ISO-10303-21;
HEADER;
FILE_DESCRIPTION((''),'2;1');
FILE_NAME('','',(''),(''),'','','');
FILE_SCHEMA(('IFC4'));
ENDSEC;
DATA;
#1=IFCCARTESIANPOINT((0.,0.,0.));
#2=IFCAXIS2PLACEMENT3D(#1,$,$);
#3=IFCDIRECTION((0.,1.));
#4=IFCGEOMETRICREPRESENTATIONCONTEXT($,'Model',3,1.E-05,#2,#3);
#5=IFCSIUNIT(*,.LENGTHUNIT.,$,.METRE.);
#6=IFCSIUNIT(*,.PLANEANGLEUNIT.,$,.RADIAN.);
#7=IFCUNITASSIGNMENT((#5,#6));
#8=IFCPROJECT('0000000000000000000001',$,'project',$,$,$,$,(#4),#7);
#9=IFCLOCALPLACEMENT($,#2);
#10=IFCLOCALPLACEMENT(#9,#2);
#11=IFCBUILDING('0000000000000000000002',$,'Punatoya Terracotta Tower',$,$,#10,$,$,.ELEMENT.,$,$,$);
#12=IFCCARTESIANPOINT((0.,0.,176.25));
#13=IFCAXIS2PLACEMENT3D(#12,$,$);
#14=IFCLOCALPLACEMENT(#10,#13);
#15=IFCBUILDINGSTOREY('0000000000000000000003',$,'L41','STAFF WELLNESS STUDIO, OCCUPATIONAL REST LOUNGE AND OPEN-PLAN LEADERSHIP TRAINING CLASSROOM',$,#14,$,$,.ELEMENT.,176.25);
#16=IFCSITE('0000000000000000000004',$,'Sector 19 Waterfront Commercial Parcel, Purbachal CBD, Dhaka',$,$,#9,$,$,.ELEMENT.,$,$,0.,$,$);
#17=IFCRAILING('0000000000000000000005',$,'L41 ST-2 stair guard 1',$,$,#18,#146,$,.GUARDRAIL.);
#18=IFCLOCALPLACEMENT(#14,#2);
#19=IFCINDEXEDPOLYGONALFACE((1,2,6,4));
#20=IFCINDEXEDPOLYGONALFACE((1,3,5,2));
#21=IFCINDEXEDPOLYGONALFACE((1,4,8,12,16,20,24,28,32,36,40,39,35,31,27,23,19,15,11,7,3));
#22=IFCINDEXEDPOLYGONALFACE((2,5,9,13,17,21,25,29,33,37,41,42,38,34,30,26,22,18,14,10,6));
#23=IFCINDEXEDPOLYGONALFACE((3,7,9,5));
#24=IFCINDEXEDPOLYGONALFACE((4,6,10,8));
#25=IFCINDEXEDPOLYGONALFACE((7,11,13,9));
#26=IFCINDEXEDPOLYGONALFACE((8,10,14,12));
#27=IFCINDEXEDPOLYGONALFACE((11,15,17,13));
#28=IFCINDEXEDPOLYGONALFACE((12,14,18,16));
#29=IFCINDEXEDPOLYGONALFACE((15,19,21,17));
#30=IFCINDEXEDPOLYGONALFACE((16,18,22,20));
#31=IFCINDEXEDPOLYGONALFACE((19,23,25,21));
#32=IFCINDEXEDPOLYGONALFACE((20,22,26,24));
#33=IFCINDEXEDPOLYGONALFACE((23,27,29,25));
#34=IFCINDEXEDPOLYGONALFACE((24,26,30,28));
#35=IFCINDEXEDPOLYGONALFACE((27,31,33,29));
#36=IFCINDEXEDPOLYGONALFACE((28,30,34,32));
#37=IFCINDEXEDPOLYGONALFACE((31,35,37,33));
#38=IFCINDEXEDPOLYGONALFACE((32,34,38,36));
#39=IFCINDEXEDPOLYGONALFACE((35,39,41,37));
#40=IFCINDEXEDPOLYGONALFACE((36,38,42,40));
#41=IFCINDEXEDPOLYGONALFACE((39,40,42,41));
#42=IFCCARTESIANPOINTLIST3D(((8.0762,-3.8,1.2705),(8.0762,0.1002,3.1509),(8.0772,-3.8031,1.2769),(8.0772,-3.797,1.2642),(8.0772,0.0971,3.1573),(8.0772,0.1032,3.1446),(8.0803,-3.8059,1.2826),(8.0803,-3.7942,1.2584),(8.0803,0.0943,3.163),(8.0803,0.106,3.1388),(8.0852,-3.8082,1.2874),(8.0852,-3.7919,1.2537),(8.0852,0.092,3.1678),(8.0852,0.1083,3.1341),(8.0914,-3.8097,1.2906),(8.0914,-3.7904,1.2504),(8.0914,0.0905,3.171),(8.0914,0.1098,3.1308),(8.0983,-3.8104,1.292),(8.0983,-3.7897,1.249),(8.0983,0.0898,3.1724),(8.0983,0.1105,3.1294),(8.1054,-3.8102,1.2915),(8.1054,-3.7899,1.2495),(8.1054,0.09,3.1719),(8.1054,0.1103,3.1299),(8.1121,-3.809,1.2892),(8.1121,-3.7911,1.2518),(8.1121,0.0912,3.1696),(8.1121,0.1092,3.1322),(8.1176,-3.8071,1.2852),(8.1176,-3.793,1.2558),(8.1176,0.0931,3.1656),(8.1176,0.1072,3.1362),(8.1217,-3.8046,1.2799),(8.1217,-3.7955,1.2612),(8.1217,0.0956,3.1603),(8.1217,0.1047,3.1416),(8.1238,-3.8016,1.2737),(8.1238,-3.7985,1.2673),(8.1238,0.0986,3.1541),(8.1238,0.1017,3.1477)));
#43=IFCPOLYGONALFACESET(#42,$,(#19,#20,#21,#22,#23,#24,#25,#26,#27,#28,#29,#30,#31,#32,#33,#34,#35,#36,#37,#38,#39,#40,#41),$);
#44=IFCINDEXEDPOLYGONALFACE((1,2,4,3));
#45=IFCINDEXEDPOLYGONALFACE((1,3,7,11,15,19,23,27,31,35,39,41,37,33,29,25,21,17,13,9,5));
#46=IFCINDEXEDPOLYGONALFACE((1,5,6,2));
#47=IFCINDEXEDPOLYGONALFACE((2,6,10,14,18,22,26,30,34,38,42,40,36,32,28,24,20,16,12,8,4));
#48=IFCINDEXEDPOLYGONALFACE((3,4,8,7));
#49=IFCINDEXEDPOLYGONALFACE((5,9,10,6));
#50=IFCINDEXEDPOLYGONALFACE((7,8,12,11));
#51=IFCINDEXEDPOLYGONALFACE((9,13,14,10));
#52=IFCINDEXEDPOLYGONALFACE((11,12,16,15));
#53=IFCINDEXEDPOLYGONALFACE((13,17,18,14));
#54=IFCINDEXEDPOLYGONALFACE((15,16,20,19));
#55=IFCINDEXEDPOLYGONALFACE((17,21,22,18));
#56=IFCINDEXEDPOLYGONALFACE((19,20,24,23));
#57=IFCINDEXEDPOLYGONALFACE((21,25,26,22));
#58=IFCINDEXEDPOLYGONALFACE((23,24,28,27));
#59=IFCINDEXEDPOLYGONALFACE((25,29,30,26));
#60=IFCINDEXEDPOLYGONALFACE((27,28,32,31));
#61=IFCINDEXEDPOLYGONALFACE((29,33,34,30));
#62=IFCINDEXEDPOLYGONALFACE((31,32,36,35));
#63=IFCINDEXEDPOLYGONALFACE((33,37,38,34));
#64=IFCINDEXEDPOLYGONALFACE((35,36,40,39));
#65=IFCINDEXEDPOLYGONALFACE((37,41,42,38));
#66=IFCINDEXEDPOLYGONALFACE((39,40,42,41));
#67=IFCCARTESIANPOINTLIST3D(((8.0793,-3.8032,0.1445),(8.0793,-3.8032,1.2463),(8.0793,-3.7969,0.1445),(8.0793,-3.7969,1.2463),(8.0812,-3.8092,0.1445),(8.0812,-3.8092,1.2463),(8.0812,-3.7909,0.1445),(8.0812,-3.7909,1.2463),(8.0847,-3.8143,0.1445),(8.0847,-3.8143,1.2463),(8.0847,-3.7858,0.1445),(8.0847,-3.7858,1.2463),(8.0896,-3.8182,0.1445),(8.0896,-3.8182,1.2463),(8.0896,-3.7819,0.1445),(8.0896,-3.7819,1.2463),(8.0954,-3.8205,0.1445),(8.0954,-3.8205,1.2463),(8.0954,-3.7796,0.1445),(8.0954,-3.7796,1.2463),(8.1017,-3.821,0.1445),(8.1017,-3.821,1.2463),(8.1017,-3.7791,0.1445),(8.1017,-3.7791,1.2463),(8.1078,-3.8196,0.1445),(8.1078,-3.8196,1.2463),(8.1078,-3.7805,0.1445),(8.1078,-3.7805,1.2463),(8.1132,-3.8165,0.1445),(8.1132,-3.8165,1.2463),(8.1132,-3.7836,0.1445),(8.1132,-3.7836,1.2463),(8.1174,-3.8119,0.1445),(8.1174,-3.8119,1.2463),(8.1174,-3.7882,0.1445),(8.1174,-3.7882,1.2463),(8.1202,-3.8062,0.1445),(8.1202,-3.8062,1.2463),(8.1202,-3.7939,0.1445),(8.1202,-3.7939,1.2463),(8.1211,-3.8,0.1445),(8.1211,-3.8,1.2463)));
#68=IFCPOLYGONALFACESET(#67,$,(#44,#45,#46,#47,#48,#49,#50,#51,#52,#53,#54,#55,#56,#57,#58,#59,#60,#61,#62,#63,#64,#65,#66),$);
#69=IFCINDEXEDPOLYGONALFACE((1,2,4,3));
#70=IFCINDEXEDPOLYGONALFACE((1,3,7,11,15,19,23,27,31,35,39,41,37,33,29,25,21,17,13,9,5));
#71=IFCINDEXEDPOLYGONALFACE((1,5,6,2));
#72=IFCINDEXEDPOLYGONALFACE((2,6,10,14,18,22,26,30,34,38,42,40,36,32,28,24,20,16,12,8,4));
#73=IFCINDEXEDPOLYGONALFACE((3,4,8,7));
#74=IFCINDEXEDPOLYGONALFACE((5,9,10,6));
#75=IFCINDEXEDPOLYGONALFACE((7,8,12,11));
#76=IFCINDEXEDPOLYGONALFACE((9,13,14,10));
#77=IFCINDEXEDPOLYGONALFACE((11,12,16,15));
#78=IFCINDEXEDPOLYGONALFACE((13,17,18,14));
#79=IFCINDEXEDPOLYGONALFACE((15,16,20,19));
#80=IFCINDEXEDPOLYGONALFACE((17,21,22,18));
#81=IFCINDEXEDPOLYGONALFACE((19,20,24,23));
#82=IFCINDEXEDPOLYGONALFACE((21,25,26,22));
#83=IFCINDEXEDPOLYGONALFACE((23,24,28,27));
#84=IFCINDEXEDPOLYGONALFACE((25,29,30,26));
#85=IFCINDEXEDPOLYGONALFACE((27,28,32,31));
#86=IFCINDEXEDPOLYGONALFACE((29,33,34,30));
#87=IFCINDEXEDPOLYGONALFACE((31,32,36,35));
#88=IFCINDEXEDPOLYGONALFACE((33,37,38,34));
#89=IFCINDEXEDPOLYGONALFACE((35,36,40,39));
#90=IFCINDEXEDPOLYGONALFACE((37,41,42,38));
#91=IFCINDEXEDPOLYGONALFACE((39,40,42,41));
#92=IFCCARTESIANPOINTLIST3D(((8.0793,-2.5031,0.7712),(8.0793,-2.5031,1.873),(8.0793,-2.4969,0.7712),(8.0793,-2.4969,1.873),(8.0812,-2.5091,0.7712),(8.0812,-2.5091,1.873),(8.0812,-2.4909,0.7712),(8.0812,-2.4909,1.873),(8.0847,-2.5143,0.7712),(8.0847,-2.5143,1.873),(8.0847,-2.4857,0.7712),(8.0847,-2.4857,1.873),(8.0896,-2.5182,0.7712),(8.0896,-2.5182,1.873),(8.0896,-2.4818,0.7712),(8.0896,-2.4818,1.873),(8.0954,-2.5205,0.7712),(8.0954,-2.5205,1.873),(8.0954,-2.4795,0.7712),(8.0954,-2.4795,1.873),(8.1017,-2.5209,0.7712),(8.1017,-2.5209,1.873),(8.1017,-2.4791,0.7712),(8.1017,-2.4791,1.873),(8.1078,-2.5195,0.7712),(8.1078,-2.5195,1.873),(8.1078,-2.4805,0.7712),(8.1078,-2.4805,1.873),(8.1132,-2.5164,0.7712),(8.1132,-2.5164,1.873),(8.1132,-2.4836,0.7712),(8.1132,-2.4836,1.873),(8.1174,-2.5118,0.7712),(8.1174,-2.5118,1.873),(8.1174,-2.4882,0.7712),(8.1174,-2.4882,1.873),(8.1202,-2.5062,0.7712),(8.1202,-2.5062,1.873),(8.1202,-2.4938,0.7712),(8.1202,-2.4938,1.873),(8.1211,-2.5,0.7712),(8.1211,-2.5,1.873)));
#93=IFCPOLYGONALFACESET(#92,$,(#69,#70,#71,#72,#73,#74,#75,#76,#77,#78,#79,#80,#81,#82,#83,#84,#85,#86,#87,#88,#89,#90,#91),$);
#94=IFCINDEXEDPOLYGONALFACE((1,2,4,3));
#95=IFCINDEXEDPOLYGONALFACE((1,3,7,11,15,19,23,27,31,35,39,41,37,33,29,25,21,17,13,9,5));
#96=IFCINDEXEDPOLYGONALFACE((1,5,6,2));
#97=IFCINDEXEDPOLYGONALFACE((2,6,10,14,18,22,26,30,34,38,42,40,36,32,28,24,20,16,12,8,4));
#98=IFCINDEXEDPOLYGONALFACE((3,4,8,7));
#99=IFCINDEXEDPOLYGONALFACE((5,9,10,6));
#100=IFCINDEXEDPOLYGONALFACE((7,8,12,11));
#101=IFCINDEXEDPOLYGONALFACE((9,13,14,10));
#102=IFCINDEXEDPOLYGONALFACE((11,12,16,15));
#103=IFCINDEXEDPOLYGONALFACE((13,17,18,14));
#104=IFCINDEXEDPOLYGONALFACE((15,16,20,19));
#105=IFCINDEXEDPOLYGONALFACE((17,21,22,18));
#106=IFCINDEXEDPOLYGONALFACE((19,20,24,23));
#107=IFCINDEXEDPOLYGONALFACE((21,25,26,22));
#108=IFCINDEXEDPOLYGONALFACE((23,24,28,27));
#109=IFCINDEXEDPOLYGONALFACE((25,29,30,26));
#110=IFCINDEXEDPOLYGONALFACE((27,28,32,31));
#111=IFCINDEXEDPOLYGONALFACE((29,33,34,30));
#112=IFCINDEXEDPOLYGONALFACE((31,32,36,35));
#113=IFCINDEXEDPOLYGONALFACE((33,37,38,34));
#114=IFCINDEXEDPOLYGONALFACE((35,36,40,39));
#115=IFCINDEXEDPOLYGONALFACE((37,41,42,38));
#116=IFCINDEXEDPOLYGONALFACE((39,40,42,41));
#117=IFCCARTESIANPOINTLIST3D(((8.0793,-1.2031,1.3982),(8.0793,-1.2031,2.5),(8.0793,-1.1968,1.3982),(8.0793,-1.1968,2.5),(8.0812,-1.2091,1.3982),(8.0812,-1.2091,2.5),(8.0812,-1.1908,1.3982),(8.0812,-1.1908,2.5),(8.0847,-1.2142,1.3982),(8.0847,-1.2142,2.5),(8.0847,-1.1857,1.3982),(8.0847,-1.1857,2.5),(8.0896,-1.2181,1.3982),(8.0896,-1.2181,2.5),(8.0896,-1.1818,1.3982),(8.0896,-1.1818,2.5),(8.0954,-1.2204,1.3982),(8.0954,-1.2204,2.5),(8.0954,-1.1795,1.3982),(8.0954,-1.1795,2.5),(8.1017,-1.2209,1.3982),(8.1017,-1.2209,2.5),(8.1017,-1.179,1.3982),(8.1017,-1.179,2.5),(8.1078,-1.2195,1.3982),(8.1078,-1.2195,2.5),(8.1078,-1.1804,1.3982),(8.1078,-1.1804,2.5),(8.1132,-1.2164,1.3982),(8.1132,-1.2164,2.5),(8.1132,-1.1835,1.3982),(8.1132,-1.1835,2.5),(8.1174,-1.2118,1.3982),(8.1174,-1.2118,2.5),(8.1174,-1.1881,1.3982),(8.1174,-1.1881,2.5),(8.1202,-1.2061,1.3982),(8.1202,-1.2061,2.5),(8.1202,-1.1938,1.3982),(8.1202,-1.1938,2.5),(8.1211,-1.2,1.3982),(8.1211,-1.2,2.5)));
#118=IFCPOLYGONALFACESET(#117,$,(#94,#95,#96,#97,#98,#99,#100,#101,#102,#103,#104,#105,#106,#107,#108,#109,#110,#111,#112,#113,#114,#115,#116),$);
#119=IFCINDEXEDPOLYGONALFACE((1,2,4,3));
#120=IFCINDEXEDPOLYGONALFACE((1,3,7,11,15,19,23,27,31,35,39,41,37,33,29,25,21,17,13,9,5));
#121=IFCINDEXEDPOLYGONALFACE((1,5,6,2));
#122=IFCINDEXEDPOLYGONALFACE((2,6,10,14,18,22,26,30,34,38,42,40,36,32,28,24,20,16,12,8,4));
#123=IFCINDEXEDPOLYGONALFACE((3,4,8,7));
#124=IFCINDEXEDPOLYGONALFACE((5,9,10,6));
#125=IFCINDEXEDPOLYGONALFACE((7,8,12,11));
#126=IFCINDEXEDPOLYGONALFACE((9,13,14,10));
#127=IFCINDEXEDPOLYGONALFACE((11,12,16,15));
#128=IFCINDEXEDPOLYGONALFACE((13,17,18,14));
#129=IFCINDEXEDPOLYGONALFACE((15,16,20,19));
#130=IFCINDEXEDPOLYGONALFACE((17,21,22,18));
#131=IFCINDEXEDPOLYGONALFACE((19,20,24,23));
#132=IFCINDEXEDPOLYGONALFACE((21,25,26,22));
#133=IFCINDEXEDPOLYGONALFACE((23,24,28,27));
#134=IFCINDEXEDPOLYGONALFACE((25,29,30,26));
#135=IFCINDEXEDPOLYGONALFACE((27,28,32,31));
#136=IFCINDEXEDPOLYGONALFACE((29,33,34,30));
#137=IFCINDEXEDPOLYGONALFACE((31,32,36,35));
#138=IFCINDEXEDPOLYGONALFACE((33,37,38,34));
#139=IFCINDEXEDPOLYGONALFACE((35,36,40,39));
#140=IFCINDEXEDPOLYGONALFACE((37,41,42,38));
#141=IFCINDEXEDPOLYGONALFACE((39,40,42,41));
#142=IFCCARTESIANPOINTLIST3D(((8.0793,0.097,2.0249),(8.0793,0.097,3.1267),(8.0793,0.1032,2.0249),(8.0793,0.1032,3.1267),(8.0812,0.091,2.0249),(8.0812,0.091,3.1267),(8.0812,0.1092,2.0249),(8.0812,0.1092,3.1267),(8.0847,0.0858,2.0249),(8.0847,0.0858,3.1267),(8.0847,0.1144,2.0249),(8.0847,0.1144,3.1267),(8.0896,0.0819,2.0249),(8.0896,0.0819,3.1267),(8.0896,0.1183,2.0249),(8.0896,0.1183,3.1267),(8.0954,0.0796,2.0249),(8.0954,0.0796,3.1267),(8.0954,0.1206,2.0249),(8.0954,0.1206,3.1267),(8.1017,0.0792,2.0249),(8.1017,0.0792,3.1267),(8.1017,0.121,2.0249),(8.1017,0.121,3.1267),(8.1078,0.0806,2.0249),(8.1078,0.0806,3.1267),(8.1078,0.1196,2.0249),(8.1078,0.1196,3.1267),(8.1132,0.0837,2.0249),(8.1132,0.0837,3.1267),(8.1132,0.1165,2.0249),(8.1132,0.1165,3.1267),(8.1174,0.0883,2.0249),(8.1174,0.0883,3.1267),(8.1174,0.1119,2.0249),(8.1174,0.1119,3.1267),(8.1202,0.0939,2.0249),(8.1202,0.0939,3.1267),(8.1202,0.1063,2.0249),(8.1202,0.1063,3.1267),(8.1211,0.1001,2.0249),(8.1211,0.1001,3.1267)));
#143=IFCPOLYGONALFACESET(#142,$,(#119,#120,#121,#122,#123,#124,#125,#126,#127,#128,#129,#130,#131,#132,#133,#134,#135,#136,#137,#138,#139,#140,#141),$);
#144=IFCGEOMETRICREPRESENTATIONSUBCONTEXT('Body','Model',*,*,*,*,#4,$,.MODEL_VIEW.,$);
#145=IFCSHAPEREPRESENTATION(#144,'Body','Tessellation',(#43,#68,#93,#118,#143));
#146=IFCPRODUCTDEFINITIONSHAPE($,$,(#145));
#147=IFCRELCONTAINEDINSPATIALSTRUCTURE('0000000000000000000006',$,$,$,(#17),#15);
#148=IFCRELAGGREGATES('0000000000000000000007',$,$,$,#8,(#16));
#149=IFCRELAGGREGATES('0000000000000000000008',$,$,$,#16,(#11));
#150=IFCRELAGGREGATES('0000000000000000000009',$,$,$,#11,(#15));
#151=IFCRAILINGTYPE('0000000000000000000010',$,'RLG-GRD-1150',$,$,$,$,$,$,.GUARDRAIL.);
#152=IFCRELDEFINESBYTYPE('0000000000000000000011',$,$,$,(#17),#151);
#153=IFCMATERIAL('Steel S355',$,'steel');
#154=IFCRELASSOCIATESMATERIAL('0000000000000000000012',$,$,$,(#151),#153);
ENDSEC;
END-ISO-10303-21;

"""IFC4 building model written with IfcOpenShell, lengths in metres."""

from ifc_helpers import new_model, si_unit, direction, frame, origin, origin_2d, place, context, subcontext, project, spatial, circle, extrude, material, type_object, element, save


model = new_model("IFC4")

# Units and contexts
model_context = context("Model", 3, precision=1e-05, world=origin(), true_north=direction((0.0, 1.0)))
body_context = subcontext(model_context, "Body", "Model", "MODEL_VIEW")
ifc_project = project(units=[si_unit("LENGTHUNIT", "METRE"), si_unit("PLANEANGLEUNIT", "RADIAN")], contexts=[model_context])

# Site, building, storey
site_placement = place(None, origin())
site = spatial("IfcSite", under=ifc_project, at=site_placement, Name="Sector 19 Waterfront Commercial Parcel, Purbachal CBD, Dhaka", CompositionType="ELEMENT", RefElevation=0.0)
building_placement = place(site_placement, origin())
building = spatial("IfcBuilding", under=site, at=building_placement, Name="Punatoya Terracotta Tower", CompositionType="ELEMENT")
storey_placement = place(building_placement, frame((0.0, 0.0, 176.25)))
storey = spatial("IfcBuildingStorey", under=building, at=storey_placement, Name="L41", Description="STAFF WELLNESS STUDIO, OCCUPATIONAL REST LOUNGE AND OPEN-PLAN LEADERSHIP TRAINING CLASSROOM", CompositionType="ELEMENT", Elevation=176.25)

# Shared definitions
ifc_material_1 = material(Name="Steel S355", Category="steel")

# Railing
railing_type_1 = type_object("IfcRailingType", Name="RLG-GRD-1150", PredefinedType="GUARDRAIL", material=ifc_material_1)
railing_1_placement = place(storey_placement, frame((8.1001, -3.8, 0.1445)))
element("IfcRailing", 1, at=railing_1_placement, inside=storey, type_object=railing_type_1, Name="L41 ST-2 stair guard 1", PredefinedType="GUARDRAIL", context=body_context, shape_type="SweptSolid", body=[
    extrude(circle(Radius=0.0239, at=origin_2d()), frame((0.0, 0.0, 1.126), z_axis=(0.0, 0.900774, 0.434289), x_axis=(-1.0, 0.0, 0.0)), (0.0, 0.0, 1.0), 4.3298),
    extrude(circle(Radius=0.021, at=origin_2d()), origin(), (0.0, 0.0, 1.0), 1.1018),
    extrude(circle(Radius=0.021, at=origin_2d()), frame((0.0, 1.3, 0.6267)), (0.0, 0.0, 1.0), 1.1018),
    extrude(circle(Radius=0.021, at=origin_2d()), frame((0.0, 2.6001, 1.2537)), (0.0, 0.0, 1.0), 1.1018),
    extrude(circle(Radius=0.021, at=origin_2d()), frame((0.0, 3.9001, 1.8804)), (0.0, 0.0, 1.0), 1.1018),
])

save(model, "model.ifc")
